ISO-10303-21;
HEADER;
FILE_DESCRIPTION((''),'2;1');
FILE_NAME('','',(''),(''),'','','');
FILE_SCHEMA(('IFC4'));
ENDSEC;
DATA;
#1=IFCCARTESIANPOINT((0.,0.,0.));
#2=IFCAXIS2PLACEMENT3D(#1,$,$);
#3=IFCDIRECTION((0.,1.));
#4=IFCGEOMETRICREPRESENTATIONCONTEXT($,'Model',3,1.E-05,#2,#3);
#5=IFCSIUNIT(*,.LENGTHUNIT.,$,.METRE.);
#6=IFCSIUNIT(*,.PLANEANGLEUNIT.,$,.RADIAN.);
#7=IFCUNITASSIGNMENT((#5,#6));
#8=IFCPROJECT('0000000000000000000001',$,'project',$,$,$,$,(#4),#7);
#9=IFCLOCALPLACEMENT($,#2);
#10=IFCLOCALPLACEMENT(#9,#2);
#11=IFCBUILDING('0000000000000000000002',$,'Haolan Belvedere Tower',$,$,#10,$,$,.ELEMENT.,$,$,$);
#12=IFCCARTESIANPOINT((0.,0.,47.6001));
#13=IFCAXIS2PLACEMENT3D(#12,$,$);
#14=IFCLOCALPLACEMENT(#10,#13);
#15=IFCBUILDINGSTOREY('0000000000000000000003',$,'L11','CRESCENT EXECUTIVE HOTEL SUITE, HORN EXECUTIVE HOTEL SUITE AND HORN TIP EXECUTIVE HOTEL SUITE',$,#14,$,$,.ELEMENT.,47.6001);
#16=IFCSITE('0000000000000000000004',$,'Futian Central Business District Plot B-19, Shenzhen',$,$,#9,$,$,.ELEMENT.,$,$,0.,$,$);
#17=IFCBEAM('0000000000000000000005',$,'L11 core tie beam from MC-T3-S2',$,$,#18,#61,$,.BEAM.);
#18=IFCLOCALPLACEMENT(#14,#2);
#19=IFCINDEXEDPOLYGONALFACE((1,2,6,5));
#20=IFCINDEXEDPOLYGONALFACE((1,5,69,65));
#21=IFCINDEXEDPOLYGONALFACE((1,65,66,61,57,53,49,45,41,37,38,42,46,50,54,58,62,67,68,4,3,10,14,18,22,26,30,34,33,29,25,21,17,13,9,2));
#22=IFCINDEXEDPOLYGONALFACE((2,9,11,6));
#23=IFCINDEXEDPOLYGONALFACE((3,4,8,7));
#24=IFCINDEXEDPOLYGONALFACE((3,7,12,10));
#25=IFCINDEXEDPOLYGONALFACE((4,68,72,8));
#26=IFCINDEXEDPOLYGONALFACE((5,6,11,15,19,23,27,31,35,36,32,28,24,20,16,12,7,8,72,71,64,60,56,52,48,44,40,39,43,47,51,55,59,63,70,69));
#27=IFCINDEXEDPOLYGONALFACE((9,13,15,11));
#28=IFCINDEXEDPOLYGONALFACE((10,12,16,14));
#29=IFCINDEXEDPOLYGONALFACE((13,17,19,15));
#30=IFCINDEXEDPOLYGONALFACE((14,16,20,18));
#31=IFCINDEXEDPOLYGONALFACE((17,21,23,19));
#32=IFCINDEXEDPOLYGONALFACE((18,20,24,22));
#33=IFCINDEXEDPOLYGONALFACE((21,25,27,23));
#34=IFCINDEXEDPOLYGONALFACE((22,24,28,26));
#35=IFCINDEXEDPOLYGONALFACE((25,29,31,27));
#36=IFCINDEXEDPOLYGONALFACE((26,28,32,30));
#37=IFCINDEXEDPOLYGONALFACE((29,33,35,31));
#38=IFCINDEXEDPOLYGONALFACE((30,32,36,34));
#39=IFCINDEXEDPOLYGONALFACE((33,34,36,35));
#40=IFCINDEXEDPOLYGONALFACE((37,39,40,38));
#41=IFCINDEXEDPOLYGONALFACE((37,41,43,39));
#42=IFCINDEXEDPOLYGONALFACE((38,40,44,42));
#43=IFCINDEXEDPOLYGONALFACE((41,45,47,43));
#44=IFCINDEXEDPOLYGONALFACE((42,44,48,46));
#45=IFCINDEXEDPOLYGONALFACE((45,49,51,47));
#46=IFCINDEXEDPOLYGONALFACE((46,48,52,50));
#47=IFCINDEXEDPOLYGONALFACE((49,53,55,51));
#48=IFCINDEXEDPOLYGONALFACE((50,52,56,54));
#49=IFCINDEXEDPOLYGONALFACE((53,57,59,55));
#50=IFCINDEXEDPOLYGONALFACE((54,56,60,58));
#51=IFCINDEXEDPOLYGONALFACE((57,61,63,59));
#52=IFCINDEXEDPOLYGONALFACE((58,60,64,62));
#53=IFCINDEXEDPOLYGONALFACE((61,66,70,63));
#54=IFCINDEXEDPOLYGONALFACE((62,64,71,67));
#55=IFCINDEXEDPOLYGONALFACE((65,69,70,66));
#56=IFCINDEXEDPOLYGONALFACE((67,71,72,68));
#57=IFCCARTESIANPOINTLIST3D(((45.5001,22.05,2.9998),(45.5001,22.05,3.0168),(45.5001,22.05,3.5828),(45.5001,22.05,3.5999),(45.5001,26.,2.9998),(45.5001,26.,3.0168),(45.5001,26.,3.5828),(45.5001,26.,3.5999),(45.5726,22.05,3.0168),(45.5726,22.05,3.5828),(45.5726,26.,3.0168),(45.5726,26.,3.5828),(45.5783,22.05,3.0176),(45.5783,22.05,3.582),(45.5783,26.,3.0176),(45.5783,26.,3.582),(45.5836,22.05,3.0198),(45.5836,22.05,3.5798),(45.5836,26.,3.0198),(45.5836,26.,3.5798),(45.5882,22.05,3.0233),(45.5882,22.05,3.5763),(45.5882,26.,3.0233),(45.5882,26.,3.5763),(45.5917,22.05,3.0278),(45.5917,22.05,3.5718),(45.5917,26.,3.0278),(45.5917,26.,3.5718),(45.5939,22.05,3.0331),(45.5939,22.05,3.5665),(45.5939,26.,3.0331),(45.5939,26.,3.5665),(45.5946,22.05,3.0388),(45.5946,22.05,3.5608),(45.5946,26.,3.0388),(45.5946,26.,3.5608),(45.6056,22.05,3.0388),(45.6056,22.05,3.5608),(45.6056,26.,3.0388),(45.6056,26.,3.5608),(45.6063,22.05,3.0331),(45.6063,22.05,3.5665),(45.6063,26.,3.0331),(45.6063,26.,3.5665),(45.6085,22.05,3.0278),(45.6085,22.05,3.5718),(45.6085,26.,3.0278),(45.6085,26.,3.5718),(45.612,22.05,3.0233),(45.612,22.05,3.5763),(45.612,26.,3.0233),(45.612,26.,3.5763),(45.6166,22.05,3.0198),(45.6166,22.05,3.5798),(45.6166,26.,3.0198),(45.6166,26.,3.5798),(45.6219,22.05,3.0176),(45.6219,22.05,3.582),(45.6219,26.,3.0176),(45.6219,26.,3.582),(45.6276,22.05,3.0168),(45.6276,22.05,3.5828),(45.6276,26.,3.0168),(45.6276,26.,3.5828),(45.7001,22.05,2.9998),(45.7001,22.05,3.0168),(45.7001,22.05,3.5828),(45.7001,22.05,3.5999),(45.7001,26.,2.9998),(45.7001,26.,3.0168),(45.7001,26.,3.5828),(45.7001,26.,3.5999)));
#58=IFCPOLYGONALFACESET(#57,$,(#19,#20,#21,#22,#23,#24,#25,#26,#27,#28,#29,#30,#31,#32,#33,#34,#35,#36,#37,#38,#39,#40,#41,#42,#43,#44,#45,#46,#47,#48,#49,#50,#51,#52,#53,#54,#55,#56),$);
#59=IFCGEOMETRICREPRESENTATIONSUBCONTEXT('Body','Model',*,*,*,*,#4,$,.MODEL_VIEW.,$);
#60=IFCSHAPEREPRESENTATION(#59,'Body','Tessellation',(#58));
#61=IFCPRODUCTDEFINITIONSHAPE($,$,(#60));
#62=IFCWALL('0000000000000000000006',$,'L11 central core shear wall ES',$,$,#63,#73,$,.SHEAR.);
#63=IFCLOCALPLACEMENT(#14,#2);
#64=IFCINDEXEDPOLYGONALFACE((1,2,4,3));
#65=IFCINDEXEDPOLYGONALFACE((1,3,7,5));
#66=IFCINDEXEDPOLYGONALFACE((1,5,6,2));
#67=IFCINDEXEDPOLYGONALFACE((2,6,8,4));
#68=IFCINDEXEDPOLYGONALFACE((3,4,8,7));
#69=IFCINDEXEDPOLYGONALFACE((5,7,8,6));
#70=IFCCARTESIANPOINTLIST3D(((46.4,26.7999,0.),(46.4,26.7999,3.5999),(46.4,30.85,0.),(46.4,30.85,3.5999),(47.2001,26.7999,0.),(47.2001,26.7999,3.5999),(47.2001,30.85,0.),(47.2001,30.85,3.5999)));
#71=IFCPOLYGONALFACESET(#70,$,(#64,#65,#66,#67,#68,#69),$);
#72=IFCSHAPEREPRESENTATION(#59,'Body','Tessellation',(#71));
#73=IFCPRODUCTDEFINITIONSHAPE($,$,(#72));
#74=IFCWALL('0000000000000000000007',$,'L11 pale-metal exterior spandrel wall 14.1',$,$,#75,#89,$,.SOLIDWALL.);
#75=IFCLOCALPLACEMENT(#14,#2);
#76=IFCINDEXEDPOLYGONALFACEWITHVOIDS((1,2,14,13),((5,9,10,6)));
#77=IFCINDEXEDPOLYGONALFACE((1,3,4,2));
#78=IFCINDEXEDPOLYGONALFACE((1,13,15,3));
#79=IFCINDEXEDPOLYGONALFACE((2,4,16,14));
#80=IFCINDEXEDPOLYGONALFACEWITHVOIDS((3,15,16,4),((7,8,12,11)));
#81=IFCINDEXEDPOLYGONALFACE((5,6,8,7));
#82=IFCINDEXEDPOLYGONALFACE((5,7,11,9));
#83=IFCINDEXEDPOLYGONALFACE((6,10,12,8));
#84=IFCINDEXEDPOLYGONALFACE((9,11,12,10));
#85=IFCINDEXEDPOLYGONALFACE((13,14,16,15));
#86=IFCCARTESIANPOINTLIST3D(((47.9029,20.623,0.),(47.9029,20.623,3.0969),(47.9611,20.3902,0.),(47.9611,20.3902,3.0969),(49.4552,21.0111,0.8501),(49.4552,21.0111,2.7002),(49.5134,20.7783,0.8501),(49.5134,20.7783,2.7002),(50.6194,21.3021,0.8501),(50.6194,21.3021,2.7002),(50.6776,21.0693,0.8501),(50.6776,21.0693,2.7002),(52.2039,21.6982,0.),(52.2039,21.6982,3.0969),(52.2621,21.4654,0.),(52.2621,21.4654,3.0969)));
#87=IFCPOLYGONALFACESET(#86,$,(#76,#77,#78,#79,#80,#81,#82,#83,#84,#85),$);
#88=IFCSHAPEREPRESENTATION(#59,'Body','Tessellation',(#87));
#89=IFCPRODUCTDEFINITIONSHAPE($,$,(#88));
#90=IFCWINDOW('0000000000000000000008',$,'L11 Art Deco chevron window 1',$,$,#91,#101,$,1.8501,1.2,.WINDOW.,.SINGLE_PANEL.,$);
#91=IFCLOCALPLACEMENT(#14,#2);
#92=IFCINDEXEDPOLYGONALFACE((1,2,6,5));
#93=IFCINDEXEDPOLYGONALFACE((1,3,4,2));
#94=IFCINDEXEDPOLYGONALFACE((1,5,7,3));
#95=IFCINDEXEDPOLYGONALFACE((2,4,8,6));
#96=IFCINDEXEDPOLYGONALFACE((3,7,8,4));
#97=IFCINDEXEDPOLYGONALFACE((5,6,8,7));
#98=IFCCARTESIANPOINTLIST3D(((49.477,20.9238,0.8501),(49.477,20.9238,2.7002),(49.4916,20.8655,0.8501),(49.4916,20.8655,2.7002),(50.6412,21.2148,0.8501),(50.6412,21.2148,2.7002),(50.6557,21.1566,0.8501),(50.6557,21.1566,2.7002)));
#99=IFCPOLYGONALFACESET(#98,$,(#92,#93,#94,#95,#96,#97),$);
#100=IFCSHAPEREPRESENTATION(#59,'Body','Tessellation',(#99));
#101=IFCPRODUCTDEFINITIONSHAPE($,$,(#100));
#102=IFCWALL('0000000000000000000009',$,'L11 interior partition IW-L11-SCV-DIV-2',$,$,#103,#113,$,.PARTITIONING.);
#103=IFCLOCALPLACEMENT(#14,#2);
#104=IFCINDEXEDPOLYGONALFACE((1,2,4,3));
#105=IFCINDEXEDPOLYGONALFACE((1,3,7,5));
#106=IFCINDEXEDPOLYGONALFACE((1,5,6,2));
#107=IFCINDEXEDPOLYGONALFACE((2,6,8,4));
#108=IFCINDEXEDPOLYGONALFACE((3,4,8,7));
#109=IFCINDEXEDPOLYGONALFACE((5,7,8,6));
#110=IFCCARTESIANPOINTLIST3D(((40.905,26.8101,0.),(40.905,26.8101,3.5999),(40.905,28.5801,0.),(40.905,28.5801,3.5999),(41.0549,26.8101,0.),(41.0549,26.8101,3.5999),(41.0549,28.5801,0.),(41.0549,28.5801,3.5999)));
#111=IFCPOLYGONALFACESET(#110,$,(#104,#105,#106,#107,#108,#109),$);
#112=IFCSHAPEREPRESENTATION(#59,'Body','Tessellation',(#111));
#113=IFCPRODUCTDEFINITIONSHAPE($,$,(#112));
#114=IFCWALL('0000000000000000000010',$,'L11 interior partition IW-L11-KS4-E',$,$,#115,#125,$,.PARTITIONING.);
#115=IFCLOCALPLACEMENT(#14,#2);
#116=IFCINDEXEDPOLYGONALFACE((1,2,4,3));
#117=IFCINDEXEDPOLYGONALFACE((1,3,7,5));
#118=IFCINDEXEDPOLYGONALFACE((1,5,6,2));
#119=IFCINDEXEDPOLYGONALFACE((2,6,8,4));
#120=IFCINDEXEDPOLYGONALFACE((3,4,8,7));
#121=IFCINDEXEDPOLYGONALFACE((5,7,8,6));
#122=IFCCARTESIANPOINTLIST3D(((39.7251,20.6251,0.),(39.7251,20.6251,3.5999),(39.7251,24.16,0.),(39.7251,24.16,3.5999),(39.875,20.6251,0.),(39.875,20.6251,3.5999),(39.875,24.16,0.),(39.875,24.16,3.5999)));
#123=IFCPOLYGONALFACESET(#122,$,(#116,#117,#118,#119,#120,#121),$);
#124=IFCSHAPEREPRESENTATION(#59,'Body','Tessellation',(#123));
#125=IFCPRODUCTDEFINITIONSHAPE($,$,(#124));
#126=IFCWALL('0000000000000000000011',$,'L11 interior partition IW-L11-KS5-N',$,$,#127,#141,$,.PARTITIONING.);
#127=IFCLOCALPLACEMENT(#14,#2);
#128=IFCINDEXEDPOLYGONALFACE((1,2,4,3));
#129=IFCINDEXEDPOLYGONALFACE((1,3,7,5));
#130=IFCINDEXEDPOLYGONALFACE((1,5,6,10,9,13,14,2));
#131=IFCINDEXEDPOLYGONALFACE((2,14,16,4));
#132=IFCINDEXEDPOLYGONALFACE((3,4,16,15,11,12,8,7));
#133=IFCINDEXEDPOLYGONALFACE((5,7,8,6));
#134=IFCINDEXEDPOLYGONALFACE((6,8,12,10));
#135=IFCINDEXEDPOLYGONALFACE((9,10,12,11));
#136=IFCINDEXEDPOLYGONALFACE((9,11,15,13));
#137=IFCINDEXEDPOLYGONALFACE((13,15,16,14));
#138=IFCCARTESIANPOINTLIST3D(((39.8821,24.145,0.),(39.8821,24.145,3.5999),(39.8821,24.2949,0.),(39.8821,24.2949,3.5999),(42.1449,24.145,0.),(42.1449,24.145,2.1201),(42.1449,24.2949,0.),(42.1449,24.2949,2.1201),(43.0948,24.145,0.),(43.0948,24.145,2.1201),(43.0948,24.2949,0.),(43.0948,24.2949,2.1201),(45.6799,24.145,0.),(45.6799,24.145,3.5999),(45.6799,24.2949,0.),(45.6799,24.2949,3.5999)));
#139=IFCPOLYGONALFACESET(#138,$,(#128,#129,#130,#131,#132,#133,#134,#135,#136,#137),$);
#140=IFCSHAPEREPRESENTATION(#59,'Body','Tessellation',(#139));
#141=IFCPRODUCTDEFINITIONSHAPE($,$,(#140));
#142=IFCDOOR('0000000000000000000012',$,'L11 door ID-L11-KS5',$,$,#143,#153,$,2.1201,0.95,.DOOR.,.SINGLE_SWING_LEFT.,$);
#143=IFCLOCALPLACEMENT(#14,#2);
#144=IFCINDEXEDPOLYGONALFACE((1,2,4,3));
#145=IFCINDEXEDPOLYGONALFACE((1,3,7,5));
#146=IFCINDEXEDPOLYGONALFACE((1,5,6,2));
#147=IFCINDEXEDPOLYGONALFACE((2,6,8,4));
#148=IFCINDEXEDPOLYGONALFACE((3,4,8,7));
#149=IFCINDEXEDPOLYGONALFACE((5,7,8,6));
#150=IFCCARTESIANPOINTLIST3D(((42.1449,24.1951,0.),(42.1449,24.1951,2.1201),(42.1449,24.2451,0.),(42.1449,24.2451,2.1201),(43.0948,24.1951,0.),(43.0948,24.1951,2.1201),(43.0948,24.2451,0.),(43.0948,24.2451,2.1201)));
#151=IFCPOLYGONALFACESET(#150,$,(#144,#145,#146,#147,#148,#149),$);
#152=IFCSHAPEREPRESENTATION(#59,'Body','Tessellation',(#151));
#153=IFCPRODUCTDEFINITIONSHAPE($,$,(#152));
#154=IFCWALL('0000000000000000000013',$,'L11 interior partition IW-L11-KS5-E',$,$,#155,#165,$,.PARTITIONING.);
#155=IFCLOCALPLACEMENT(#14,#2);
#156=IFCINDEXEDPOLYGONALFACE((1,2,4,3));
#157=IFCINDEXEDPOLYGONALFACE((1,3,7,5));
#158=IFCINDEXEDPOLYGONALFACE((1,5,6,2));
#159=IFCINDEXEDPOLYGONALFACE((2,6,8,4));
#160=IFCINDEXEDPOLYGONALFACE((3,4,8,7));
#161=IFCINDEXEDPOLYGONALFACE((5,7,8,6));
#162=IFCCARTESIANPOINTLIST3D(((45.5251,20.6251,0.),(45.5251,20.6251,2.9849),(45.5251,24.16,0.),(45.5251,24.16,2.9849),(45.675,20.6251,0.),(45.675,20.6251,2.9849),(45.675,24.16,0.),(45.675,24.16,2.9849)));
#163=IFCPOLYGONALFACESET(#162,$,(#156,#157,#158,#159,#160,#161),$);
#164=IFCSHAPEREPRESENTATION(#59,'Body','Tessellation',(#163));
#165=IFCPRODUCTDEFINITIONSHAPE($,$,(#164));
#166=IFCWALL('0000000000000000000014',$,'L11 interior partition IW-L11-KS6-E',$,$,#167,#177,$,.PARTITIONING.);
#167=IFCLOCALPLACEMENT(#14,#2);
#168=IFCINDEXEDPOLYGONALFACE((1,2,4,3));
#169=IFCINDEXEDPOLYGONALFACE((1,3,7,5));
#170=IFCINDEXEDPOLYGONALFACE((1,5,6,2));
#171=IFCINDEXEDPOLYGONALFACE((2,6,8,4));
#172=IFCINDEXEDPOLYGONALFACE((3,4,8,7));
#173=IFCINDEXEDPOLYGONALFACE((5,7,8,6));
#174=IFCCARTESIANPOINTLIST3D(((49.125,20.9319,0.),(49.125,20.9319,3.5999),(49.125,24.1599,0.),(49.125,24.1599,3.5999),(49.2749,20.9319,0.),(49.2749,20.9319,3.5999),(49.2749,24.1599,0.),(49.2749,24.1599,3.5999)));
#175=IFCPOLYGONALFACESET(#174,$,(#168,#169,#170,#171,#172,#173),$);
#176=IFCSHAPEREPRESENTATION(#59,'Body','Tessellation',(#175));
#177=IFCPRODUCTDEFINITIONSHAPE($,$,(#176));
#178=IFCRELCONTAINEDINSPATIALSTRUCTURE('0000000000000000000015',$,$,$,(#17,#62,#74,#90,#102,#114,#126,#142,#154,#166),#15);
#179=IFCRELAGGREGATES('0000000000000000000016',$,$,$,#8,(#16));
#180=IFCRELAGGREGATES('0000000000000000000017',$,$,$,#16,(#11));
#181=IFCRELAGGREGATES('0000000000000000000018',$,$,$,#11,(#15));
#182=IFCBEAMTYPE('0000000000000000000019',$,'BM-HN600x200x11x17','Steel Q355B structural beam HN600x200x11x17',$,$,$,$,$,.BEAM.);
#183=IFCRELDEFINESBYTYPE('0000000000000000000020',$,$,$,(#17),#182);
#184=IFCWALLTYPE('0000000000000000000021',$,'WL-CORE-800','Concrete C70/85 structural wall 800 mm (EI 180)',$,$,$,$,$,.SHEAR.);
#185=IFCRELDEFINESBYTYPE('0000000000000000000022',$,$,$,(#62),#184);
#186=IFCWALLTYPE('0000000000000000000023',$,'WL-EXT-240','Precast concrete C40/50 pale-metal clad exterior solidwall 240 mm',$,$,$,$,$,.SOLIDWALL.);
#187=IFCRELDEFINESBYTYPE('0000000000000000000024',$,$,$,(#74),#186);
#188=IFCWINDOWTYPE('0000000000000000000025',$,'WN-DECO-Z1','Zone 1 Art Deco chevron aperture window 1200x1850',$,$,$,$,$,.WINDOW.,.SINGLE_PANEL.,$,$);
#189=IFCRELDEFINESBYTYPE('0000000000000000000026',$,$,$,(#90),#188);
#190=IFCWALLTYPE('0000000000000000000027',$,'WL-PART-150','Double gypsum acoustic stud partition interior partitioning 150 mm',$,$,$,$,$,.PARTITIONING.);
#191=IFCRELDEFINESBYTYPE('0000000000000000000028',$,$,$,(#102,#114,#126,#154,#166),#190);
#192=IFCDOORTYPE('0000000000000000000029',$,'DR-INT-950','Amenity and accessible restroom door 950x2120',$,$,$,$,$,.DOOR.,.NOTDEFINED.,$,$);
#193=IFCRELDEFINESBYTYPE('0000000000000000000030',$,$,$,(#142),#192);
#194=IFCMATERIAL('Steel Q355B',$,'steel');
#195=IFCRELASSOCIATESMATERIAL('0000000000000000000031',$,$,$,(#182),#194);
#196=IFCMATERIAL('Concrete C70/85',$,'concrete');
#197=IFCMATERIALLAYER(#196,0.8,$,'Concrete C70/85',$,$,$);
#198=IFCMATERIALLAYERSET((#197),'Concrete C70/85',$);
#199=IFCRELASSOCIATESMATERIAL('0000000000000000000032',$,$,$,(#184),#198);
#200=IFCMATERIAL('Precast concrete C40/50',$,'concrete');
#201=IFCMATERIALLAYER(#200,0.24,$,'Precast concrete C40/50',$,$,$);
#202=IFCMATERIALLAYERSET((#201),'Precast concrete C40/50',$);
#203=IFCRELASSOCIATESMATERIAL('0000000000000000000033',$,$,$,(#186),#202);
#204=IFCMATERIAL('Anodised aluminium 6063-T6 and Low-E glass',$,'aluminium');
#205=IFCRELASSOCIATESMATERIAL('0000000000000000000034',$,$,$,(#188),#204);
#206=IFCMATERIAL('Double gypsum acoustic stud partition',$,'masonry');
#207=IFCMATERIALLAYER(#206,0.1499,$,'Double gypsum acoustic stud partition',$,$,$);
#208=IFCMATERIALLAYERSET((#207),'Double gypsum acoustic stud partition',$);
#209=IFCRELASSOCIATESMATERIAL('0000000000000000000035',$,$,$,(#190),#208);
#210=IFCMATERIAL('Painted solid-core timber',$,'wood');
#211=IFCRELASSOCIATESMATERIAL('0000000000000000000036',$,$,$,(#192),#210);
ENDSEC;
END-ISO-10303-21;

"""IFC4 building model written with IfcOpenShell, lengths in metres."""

from ifc_helpers import new_model, si_unit, direction, frame, frame_2d, origin, origin_2d, place, context, subcontext, project, spatial, rectangle, i_section, extrude, material, layer, layer_set, material_profile, profile_set, type_object, element, fill, save


model = new_model("IFC4")

# Units and contexts
model_context = context("Model", 3, precision=1e-05, world=origin(), true_north=direction((0.0, 1.0)))
body_context = subcontext(model_context, "Body", "Model", "MODEL_VIEW")
ifc_project = project(units=[si_unit("LENGTHUNIT", "METRE"), si_unit("PLANEANGLEUNIT", "RADIAN")], contexts=[model_context])

# Site, building, storey
site_placement = place(None, origin())
site = spatial("IfcSite", under=ifc_project, at=site_placement, Name="Futian Central Business District Plot B-19, Shenzhen", CompositionType="ELEMENT", RefElevation=0.0)
building_placement = place(site_placement, origin())
building = spatial("IfcBuilding", under=site, at=building_placement, Name="Haolan Belvedere Tower", CompositionType="ELEMENT")
storey_placement = place(building_placement, frame((0.0, 0.0, 47.6001)))
storey = spatial("IfcBuildingStorey", under=building, at=storey_placement, Name="L11", Description="CRESCENT EXECUTIVE HOTEL SUITE, HORN EXECUTIVE HOTEL SUITE AND HORN TIP EXECUTIVE HOTEL SUITE", CompositionType="ELEMENT", Elevation=47.6001)

# Shared definitions
ifc_material_1 = material(Name="Steel Q355B", Category="steel")

# Beam
ifc_material_profile_1 = material_profile(ifc_material_1, i_section(OverallWidth=0.2, OverallDepth=0.6001, WebThickness=0.011, FlangeThickness=0.0171, FilletRadius=0.022, at=origin_2d()), Name="Steel Q355B")
ifc_profile_set_1 = profile_set([ifc_material_profile_1], Name="Steel Q355B")
beam_type_1 = type_object("IfcBeamType", Name="BM-HN600x200x11x17", Description="Steel Q355B structural beam HN600x200x11x17", PredefinedType="BEAM", material=ifc_profile_set_1)
for number, where, z_axis, x_axis, name in (
    (1, (45.6001, 22.05, 3.2998), (0.0, 1.0, 0.0), (-1.0, 0.0, 0.0), "L11 core tie beam from MC-T3-S2"),
):
    element("IfcBeam", number, at=place(storey_placement, frame(where, z_axis=z_axis, x_axis=x_axis)), inside=storey, type_object=beam_type_1, Name=name, PredefinedType="BEAM", context=body_context, shape_type="SweptSolid", body=[
        extrude(i_section(OverallWidth=0.2, OverallDepth=0.6001, WebThickness=0.011, FlangeThickness=0.0171, FilletRadius=0.022, at=origin_2d()), origin(), (0.0, 0.0, 1.0), 3.95),
    ])

# Wall
ifc_material_2 = material(Name="Concrete C70/85", Category="concrete")
ifc_layer_1 = layer(ifc_material_2, 0.8, Name="Concrete C70/85")
ifc_layer_set_1 = layer_set([ifc_layer_1], Name="Concrete C70/85")
wall_type_1 = type_object("IfcWallType", Name="WL-CORE-800", Description="Concrete C70/85 structural wall 800 mm (EI 180)", PredefinedType="SHEAR", material=ifc_layer_set_1)
wall_1_placement = place(storey_placement, frame((46.8, 26.8, 0.0), z_axis=(0.0, 0.0, 1.0), x_axis=(0.0, 1.0, 0.0)))
element("IfcWall", 2, at=wall_1_placement, inside=storey, type_object=wall_type_1, Name="L11 central core shear wall ES", PredefinedType="SHEAR", context=body_context, shape_type="SweptSolid", body=[
    extrude(rectangle(XDim=4.05, YDim=0.8, at=frame_2d((2.0249, 0.0))), origin(), (0.0, 0.0, 1.0), 3.5999),
])

# Wall, opening, window
ifc_material_3 = material(Name="Precast concrete C40/50", Category="concrete")
ifc_layer_2 = layer(ifc_material_3, 0.24, Name="Precast concrete C40/50")
ifc_layer_set_2 = layer_set([ifc_layer_2], Name="Precast concrete C40/50")
wall_type_2 = type_object("IfcWallType", Name="WL-EXT-240", Description="Precast concrete C40/50 pale-metal clad exterior solidwall 240 mm", PredefinedType="SOLIDWALL", material=ifc_layer_set_2)
wall_2_placement = place(storey_placement, frame((47.9319, 20.5066, 0.0), z_axis=(0.0, 0.0, 1.0), x_axis=(0.970146, 0.242523, 0.0)))
wall_2 = element("IfcWall", 3, at=wall_2_placement, inside=storey, type_object=wall_type_2, Name="L11 pale-metal exterior spandrel wall 14.1", PredefinedType="SOLIDWALL", context=body_context, shape_type="SweptSolid", body=[
    extrude(rectangle(XDim=4.4333, YDim=0.24, at=frame_2d((2.2168, 0.0))), origin(), (0.0, 0.0, 1.0), 3.0969),
])
opening_1_placement = place(wall_2_placement, frame((1.6001, 0.0, 0.8501)))
opening_1 = element("IfcOpeningElement", 4, at=opening_1_placement, cuts=wall_2, PredefinedType="OPENING", context=body_context, shape_type="SweptSolid", body=[
    extrude(rectangle(XDim=1.2, YDim=1.8501, at=frame_2d((0.6001, 0.925))), frame((0.0, 0.1299, 0.0), z_axis=(0.0, -1.0, 0.0), x_axis=(1.0, 0.0, 0.0)), (0.0, 0.0, 1.0), 0.26),
])
ifc_material_4 = material(Name="Anodised aluminium 6063-T6 and Low-E glass", Category="aluminium")
window_type = type_object("IfcWindowType", Name="WN-DECO-Z1", Description="Zone 1 Art Deco chevron aperture window 1200x1850", PartitioningType="SINGLE_PANEL", PredefinedType="WINDOW", material=ifc_material_4)
window_placement = place(opening_1_placement, origin())
window = element("IfcWindow", 5, at=window_placement, inside=storey, type_object=window_type, Name="L11 Art Deco chevron window 1", OverallHeight=1.8501, OverallWidth=1.2, PartitioningType="SINGLE_PANEL", PredefinedType="WINDOW", context=body_context, shape_type="SweptSolid", body=[
    extrude(rectangle(XDim=1.2, YDim=1.8501, at=frame_2d((0.6001, 0.925))), frame((0.0, 0.03, 0.0), z_axis=(0.0, -1.0, 0.0), x_axis=(1.0, 0.0, 0.0)), (0.0, 0.0, 1.0), 0.0601),
])
fill(opening_1, window)

# Walls
ifc_material_5 = material(Name="Double gypsum acoustic stud partition", Category="masonry")
ifc_layer_3 = layer(ifc_material_5, 0.1499, Name="Double gypsum acoustic stud partition")
ifc_layer_set_3 = layer_set([ifc_layer_3], Name="Double gypsum acoustic stud partition")
wall_type_3 = type_object("IfcWallType", Name="WL-PART-150", Description="Double gypsum acoustic stud partition interior partitioning 150 mm", PredefinedType="PARTITIONING", material=ifc_layer_set_3)
wall_3_placement = place(storey_placement, frame((40.98, 26.8101, 0.0), z_axis=(0.0, 0.0, 1.0), x_axis=(0.0, 1.0, 0.0)))
element("IfcWall", 6, at=wall_3_placement, inside=storey, type_object=wall_type_3, Name="L11 interior partition IW-L11-SCV-DIV-2", PredefinedType="PARTITIONING", context=body_context, shape_type="SweptSolid", body=[
    extrude(rectangle(XDim=1.77, YDim=0.1499, at=frame_2d((0.885, 0.0))), origin(), (0.0, 0.0, 1.0), 3.5999),
])
wall_4_placement = place(storey_placement, frame((39.8, 20.625, 0.0), z_axis=(0.0, 0.0, 1.0), x_axis=(0.0, 1.0, 0.0)))
element("IfcWall", 7, at=wall_4_placement, inside=storey, type_object=wall_type_3, Name="L11 interior partition IW-L11-KS4-E", PredefinedType="PARTITIONING", context=body_context, shape_type="SweptSolid", body=[
    extrude(rectangle(XDim=3.5349, YDim=0.1499, at=frame_2d((1.7676, 0.0))), origin(), (0.0, 0.0, 1.0), 3.5999),
])

# Wall, opening, door
wall_5_placement = place(storey_placement, frame((39.8821, 24.22, 0.0), z_axis=(0.0, 0.0, 1.0), x_axis=(1.0, 0.0, 0.0)))
wall_5 = element("IfcWall", 8, at=wall_5_placement, inside=storey, type_object=wall_type_3, Name="L11 interior partition IW-L11-KS5-N", PredefinedType="PARTITIONING", context=body_context, shape_type="SweptSolid", body=[
    extrude(rectangle(XDim=5.7979, YDim=0.1499, at=frame_2d((2.8989, 0.0))), origin(), (0.0, 0.0, 1.0), 3.5999),
])
opening_2_placement = place(wall_5_placement, frame((3.2129, 0.0, 0.0), z_axis=(0.0, 0.0, 1.0), x_axis=(-1.0, 0.0, 0.0)))
opening_2 = element("IfcOpeningElement", 9, at=opening_2_placement, cuts=wall_5, PredefinedType="OPENING", context=body_context, shape_type="SweptSolid", body=[
    extrude(rectangle(XDim=0.95, YDim=2.1201, at=frame_2d((0.4751, 1.0601))), frame((0.0, 0.085, 0.0), z_axis=(0.0, -1.0, 0.0), x_axis=(1.0, 0.0, 0.0)), (0.0, 0.0, 1.0), 0.1699),
])
ifc_material_6 = material(Name="Painted solid-core timber", Category="wood")
door_type_1 = type_object("IfcDoorType", Name="DR-INT-950", Description="Amenity and accessible restroom door 950x2120", OperationType="NOTDEFINED", PredefinedType="DOOR", material=ifc_material_6)
door_1_placement = place(opening_2_placement, origin())
door_1 = element("IfcDoor", 10, at=door_1_placement, inside=storey, type_object=door_type_1, Name="L11 door ID-L11-KS5", OperationType="SINGLE_SWING_LEFT", OverallHeight=2.1201, OverallWidth=0.95, PredefinedType="DOOR", context=body_context, shape_type="SweptSolid", body=[
    extrude(rectangle(XDim=0.95, YDim=2.1201, at=frame_2d((0.4751, 1.0601))), frame((0.0, 0.0249, 0.0), z_axis=(0.0, -1.0, 0.0), x_axis=(1.0, 0.0, 0.0)), (0.0, 0.0, 1.0), 0.05),
])
fill(opening_2, door_1)

# Wall
wall_6_placement = place(storey_placement, frame((45.6001, 20.625, 0.0), z_axis=(0.0, 0.0, 1.0), x_axis=(0.0, 1.0, 0.0)))
element("IfcWall", 11, at=wall_6_placement, inside=storey, type_object=wall_type_3, Name="L11 interior partition IW-L11-KS5-E", PredefinedType="PARTITIONING", context=body_context, shape_type="SweptSolid", body=[
    extrude(rectangle(XDim=3.5349, YDim=0.1499, at=frame_2d((1.7676, 0.0))), origin(), (0.0, 0.0, 1.0), 2.9849),
])

# Wall
wall_7_placement = place(storey_placement, frame((49.2, 20.9319, 0.0), z_axis=(0.0, 0.0, 1.0), x_axis=(0.0, 1.0, 0.0)))
element("IfcWall", 12, at=wall_7_placement, inside=storey, type_object=wall_type_3, Name="L11 interior partition IW-L11-KS6-E", PredefinedType="PARTITIONING", context=body_context, shape_type="SweptSolid", body=[
    extrude(rectangle(XDim=3.228, YDim=0.1499, at=frame_2d((1.614, 0.0))), origin(), (0.0, 0.0, 1.0), 3.5999),
])

save(model, "model.ifc")
